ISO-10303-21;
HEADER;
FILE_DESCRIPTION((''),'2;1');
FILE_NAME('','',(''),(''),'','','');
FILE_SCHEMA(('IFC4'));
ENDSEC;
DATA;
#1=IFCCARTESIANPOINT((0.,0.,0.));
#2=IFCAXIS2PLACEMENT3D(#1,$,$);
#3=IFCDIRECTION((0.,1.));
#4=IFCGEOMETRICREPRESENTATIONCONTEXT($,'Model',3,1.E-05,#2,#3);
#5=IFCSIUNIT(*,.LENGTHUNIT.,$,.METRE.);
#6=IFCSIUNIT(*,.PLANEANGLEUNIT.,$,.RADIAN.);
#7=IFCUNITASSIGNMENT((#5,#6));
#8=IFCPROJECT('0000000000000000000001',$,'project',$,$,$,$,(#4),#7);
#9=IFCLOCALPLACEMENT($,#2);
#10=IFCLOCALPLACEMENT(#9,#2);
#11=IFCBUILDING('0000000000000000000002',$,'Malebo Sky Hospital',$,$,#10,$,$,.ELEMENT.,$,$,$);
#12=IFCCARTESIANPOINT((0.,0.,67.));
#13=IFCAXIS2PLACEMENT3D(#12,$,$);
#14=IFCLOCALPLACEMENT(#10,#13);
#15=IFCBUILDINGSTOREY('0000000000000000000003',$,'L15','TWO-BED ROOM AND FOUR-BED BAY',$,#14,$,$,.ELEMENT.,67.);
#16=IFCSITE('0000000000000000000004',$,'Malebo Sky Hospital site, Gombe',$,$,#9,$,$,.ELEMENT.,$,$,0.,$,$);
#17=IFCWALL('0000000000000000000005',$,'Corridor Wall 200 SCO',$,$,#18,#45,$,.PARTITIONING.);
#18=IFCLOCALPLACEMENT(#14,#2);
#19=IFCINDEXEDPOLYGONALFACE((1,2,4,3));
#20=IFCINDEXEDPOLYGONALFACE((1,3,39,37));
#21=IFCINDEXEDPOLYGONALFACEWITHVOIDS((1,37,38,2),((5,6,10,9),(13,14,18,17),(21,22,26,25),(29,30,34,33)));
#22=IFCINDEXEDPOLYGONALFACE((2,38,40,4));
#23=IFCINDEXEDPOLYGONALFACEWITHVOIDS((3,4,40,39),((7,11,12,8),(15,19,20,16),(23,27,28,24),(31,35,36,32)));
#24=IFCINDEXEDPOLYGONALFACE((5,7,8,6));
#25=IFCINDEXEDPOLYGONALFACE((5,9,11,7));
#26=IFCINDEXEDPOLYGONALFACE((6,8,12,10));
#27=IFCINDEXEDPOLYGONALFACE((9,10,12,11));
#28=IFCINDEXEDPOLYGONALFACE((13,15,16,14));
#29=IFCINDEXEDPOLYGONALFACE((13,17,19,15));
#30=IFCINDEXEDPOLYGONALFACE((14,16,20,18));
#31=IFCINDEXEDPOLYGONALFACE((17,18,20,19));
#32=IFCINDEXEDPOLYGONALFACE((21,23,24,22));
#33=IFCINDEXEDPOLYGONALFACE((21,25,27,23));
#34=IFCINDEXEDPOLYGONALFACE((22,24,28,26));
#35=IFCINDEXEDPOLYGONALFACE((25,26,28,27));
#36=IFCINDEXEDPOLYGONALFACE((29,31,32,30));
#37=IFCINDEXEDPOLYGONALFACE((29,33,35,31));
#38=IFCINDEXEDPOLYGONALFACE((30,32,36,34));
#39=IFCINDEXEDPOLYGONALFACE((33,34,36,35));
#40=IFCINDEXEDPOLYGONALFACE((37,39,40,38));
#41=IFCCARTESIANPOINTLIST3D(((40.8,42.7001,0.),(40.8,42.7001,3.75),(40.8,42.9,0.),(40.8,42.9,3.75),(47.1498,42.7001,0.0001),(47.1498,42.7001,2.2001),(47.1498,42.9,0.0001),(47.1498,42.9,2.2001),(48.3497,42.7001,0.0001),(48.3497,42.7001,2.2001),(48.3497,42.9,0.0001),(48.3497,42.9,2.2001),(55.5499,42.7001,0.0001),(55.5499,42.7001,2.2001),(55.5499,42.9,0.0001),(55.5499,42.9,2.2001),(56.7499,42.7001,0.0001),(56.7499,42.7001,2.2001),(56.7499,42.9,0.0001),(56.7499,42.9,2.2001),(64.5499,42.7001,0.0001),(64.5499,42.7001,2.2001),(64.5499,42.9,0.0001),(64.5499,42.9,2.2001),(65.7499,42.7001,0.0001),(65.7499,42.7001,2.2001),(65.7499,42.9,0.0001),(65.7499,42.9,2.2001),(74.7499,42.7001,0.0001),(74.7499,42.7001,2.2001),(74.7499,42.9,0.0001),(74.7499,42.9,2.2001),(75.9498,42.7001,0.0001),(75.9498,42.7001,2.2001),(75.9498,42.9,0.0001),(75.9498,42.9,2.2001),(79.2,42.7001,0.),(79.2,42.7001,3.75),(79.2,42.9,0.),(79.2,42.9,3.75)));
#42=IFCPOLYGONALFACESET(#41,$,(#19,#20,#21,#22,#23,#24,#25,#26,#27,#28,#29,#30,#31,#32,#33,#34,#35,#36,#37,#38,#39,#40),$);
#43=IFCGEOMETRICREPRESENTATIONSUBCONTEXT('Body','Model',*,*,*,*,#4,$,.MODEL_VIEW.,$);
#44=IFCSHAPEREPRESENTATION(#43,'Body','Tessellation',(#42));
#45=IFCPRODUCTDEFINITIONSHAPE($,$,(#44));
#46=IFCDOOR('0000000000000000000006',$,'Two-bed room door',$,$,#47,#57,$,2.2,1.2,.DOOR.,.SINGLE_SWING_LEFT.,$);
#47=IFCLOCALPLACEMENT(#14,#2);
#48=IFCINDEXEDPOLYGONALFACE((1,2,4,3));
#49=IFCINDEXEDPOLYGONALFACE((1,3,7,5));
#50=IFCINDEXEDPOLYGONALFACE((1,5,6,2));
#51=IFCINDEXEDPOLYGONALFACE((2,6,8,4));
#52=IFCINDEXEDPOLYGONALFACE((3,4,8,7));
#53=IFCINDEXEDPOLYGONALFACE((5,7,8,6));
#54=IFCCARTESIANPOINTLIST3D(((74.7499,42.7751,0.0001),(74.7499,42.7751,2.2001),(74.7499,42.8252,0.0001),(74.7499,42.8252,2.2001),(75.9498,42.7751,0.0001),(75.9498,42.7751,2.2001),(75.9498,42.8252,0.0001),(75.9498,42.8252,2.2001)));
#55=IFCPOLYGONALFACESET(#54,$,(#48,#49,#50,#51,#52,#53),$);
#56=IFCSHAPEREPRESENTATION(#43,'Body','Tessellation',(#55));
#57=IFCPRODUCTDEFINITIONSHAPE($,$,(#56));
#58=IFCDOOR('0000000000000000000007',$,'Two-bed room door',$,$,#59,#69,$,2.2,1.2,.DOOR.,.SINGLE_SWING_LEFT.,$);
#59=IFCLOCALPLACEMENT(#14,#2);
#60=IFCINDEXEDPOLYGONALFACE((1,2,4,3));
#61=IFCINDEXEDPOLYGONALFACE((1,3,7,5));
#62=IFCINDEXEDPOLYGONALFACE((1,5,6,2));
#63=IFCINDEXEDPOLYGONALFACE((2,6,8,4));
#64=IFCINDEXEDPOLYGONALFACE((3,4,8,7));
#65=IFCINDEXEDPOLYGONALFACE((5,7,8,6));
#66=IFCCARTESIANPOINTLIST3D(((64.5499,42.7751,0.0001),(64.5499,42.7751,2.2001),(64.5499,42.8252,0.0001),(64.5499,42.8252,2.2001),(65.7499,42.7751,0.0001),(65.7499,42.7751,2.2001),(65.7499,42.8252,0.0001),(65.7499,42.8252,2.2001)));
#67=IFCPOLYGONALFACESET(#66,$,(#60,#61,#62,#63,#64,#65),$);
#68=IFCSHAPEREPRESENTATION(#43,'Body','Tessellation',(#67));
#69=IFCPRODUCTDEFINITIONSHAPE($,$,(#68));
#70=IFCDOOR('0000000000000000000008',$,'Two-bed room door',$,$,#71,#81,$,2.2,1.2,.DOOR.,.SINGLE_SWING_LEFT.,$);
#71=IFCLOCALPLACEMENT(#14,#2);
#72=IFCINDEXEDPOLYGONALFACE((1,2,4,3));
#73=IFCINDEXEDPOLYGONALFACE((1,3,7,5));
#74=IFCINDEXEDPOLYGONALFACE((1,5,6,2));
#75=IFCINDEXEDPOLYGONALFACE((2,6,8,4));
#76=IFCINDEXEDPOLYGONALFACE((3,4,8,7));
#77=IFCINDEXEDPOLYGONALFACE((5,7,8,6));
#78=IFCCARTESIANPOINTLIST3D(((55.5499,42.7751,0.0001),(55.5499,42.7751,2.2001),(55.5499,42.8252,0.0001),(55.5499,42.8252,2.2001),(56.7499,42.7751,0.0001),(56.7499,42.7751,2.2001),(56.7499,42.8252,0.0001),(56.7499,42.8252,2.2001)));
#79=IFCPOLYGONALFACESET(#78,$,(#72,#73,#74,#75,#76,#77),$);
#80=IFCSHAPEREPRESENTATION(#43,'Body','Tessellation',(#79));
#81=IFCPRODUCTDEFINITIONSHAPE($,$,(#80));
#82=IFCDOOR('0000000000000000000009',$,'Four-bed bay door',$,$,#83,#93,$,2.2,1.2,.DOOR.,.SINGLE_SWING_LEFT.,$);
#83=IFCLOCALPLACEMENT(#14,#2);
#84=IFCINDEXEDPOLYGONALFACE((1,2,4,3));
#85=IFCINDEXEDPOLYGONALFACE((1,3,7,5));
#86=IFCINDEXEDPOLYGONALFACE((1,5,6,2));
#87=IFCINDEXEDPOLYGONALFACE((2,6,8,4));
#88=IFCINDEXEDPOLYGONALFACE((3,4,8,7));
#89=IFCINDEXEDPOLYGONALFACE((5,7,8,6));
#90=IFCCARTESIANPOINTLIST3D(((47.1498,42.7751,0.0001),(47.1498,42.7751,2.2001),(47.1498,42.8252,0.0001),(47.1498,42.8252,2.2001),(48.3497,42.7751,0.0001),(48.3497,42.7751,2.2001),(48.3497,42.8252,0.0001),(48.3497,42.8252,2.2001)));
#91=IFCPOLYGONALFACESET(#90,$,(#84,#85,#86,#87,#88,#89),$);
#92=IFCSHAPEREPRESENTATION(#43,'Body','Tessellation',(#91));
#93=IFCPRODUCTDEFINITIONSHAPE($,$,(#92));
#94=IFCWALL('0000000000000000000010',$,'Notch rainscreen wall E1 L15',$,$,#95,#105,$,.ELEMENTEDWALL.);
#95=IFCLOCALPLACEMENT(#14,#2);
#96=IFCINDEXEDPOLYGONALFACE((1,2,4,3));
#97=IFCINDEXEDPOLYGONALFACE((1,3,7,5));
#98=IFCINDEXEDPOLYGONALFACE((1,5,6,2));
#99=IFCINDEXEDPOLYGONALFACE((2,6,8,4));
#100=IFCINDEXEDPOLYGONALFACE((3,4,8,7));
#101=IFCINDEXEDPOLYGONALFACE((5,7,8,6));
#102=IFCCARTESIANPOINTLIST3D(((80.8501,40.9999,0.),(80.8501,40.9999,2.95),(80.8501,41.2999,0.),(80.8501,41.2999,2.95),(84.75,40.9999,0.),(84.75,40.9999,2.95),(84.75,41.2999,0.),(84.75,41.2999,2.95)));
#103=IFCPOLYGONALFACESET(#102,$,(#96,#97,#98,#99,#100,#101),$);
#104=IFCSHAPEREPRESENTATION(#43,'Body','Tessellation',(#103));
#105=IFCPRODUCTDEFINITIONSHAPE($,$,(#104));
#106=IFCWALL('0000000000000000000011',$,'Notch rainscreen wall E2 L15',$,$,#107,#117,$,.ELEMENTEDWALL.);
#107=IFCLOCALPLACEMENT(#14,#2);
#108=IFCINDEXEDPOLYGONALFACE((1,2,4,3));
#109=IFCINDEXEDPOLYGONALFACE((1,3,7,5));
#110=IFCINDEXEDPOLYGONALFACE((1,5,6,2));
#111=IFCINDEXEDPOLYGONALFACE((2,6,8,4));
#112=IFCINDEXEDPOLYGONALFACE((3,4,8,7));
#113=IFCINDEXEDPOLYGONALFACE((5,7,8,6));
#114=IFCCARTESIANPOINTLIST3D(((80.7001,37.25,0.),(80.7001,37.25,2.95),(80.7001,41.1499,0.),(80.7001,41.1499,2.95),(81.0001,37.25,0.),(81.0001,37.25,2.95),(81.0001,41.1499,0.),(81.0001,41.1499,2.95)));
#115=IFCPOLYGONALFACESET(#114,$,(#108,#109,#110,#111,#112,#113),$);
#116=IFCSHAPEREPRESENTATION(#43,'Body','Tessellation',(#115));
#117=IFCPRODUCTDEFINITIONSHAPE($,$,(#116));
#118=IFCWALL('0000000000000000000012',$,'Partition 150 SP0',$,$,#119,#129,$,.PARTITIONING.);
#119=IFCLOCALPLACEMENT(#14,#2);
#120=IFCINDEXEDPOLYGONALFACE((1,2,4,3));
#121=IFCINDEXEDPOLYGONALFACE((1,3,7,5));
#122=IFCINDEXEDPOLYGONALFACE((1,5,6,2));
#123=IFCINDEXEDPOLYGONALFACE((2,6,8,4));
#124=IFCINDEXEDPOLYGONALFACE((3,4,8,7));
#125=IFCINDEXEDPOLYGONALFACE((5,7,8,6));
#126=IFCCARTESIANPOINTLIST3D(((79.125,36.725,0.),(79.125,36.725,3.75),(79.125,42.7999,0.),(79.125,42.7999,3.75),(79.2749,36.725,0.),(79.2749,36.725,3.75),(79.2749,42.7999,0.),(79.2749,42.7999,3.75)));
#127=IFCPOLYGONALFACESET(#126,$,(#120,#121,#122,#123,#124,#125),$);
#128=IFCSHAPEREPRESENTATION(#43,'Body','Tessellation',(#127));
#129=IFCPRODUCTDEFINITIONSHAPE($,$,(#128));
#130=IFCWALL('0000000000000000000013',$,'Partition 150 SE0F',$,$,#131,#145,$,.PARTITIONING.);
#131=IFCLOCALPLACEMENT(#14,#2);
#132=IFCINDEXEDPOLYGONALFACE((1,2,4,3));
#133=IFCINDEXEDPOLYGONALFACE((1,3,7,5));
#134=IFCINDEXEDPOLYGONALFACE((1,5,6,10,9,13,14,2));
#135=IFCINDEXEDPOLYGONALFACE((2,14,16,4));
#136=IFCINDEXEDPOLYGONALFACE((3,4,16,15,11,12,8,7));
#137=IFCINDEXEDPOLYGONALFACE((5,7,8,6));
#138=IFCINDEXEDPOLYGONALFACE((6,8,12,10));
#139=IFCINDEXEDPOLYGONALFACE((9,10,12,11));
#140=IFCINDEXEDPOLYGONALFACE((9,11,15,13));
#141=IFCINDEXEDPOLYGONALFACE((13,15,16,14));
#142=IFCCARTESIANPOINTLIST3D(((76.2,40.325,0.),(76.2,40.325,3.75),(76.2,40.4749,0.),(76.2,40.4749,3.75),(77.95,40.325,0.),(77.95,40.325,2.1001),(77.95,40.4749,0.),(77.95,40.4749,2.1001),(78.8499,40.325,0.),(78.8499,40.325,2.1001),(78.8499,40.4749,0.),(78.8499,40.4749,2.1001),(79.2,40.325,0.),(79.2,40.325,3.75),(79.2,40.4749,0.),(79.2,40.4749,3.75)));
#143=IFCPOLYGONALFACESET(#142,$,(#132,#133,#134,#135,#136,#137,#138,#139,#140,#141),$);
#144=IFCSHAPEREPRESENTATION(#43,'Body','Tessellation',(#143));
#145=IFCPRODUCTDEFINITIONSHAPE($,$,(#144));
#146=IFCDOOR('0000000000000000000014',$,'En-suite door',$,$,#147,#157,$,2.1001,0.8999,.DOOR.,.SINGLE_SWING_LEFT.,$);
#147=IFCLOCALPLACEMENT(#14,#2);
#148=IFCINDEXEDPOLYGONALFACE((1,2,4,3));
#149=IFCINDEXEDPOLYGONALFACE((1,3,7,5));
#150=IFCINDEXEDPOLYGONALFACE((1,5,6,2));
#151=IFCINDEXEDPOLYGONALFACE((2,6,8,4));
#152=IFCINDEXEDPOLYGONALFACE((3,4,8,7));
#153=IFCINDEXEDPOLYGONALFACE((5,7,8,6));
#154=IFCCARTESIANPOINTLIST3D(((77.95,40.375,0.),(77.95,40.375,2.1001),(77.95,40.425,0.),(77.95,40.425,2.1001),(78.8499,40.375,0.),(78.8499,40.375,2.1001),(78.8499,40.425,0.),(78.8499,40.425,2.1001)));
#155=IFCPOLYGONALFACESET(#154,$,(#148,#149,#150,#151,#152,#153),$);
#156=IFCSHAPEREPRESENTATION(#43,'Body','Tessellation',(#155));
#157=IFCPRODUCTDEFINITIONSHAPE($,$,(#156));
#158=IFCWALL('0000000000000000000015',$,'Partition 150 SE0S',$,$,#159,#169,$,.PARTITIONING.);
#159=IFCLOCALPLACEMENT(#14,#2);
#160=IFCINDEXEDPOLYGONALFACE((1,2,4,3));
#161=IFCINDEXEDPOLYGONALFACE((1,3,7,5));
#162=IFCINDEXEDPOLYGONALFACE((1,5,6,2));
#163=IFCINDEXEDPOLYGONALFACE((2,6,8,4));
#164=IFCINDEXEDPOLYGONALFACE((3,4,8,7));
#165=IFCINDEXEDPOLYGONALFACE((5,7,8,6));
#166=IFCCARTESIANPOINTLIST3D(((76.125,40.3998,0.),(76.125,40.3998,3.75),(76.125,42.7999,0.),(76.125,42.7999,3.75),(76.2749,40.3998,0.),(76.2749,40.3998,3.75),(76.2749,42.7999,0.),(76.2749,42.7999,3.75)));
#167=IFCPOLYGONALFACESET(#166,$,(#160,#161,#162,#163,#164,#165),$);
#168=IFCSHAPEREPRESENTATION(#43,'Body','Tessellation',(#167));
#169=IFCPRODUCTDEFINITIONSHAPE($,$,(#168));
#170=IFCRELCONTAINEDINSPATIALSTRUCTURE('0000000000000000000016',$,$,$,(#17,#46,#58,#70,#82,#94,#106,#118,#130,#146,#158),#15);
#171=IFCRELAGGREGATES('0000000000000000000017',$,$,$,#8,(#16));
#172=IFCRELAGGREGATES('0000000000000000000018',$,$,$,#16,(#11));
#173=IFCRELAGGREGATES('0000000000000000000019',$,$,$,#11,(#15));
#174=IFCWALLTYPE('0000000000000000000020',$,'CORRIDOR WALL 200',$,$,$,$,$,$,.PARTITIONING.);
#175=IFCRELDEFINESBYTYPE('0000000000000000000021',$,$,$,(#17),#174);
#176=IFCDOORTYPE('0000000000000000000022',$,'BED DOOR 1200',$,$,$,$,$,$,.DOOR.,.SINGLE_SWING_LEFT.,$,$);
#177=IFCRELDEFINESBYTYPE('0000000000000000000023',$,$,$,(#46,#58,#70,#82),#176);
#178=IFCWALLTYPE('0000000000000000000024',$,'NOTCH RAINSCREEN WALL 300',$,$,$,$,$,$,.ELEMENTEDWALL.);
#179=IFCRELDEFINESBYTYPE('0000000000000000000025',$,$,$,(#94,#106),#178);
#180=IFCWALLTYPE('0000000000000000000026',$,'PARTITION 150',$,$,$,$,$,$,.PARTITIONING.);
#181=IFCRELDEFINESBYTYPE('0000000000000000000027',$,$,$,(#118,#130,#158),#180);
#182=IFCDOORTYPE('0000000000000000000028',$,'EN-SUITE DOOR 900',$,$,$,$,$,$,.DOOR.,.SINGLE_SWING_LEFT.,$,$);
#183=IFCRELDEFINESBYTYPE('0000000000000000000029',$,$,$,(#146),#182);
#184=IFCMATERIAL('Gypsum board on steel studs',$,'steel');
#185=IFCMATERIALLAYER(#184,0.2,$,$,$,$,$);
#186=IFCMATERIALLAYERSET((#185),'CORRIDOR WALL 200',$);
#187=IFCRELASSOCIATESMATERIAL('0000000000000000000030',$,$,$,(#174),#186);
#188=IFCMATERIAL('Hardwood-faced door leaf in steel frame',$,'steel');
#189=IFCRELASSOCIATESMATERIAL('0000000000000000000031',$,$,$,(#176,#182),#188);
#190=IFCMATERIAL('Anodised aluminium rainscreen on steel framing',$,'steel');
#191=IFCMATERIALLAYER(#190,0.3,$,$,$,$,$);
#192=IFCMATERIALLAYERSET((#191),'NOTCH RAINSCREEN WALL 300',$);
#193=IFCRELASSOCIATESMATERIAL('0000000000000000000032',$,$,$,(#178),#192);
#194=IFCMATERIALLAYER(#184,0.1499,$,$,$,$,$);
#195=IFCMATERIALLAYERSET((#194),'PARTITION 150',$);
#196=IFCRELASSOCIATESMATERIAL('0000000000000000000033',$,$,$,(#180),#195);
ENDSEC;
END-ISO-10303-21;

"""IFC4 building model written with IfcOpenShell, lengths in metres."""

from ifc_helpers import new_model, si_unit, direction, frame, frame_2d, origin, place, context, subcontext, project, spatial, rectangle, extrude, material, layer, layer_set, type_object, element, fill, save


model = new_model("IFC4")

# Units and contexts
model_context = context("Model", 3, precision=1e-05, world=origin(), true_north=direction((0.0, 1.0)))
body_context = subcontext(model_context, "Body", "Model", "MODEL_VIEW")
ifc_project = project(units=[si_unit("LENGTHUNIT", "METRE"), si_unit("PLANEANGLEUNIT", "RADIAN")], contexts=[model_context])

# Site, building, storey
site_placement = place(None, origin())
site = spatial("IfcSite", under=ifc_project, at=site_placement, Name="Malebo Sky Hospital site, Gombe", CompositionType="ELEMENT", RefElevation=0.0)
building_placement = place(site_placement, origin())
building = spatial("IfcBuilding", under=site, at=building_placement, Name="Malebo Sky Hospital", CompositionType="ELEMENT")
storey_placement = place(building_placement, frame((0.0, 0.0, 67.0)))
storey = spatial("IfcBuildingStorey", under=building, at=storey_placement, Name="L15", Description="TWO-BED ROOM AND FOUR-BED BAY", CompositionType="ELEMENT", Elevation=67.0)

# Wall, openings, doors
ifc_material_1 = material(Name="Gypsum board on steel studs", Category="steel")
ifc_layer_1 = layer(ifc_material_1, 0.2)
ifc_layer_set_1 = layer_set([ifc_layer_1], Name="CORRIDOR WALL 200")
wall_type_1 = type_object("IfcWallType", Name="CORRIDOR WALL 200", PredefinedType="PARTITIONING", material=ifc_layer_set_1)
wall_1_placement = place(storey_placement, frame((79.2, 42.8, 0.0), z_axis=(0.0, 0.0, 1.0), x_axis=(-1.0, 0.0, 0.0)))
wall_1 = element("IfcWall", 1, at=wall_1_placement, inside=storey, type_object=wall_type_1, Name="Corridor Wall 200 SCO", PredefinedType="PARTITIONING", context=body_context, shape_type="SweptSolid", body=[
    extrude(rectangle(XDim=38.3999, YDim=0.2, at=frame_2d((19.2, 0.0))), origin(), (0.0, 0.0, 1.0), 3.75),
])
opening_1_placement = place(wall_1_placement, frame((3.25, 0.0, 0.0)))
opening_1 = element("IfcOpeningElement", 2, at=opening_1_placement, cuts=wall_1, PredefinedType="OPENING", context=body_context, shape_type="SweptSolid", body=[
    extrude(rectangle(XDim=1.2, YDim=2.2, at=frame_2d((0.6001, 1.1001))), frame((0.0, 0.1099, 0.0), z_axis=(0.0, -1.0, 0.0), x_axis=(1.0, 0.0, 0.0)), (0.0, 0.0, 1.0), 0.22),
])
opening_2_placement = place(wall_1_placement, frame((13.45, 0.0, 0.0)))
opening_2 = element("IfcOpeningElement", 3, at=opening_2_placement, cuts=wall_1, PredefinedType="OPENING", context=body_context, shape_type="SweptSolid", body=[
    extrude(rectangle(XDim=1.2, YDim=2.2, at=frame_2d((0.6001, 1.1001))), frame((0.0, 0.1099, 0.0), z_axis=(0.0, -1.0, 0.0), x_axis=(1.0, 0.0, 0.0)), (0.0, 0.0, 1.0), 0.22),
])
opening_3_placement = place(wall_1_placement, frame((22.45, 0.0, 0.0)))
opening_3 = element("IfcOpeningElement", 4, at=opening_3_placement, cuts=wall_1, PredefinedType="OPENING", context=body_context, shape_type="SweptSolid", body=[
    extrude(rectangle(XDim=1.2, YDim=2.2, at=frame_2d((0.6001, 1.1001))), frame((0.0, 0.1099, 0.0), z_axis=(0.0, -1.0, 0.0), x_axis=(1.0, 0.0, 0.0)), (0.0, 0.0, 1.0), 0.22),
])
opening_4_placement = place(wall_1_placement, frame((30.8501, 0.0, 0.0)))
opening_4 = element("IfcOpeningElement", 5, at=opening_4_placement, cuts=wall_1, PredefinedType="OPENING", context=body_context, shape_type="SweptSolid", body=[
    extrude(rectangle(XDim=1.2, YDim=2.2, at=frame_2d((0.6001, 1.1001))), frame((0.0, 0.1099, 0.0), z_axis=(0.0, -1.0, 0.0), x_axis=(1.0, 0.0, 0.0)), (0.0, 0.0, 1.0), 0.22),
])
ifc_material_2 = material(Name="Hardwood-faced door leaf in steel frame", Category="steel")
door_type_1 = type_object("IfcDoorType", Name="BED DOOR 1200", OperationType="SINGLE_SWING_LEFT", PredefinedType="DOOR", material=ifc_material_2)
door_1_placement = place(opening_1_placement, origin())
door_1 = element("IfcDoor", 6, at=door_1_placement, inside=storey, type_object=door_type_1, Name="Two-bed room door", OperationType="SINGLE_SWING_LEFT", OverallHeight=2.2, OverallWidth=1.2, PredefinedType="DOOR", context=body_context, shape_type="SweptSolid", body=[
    extrude(rectangle(XDim=1.2, YDim=2.2, at=frame_2d((0.6001, 1.1001))), frame((0.0, 0.0249, 0.0), z_axis=(0.0, -1.0, 0.0), x_axis=(1.0, 0.0, 0.0)), (0.0, 0.0, 1.0), 0.05),
])
fill(opening_1, door_1)
door_2_placement = place(opening_2_placement, origin())
door_2 = element("IfcDoor", 7, at=door_2_placement, inside=storey, type_object=door_type_1, Name="Two-bed room door", OperationType="SINGLE_SWING_LEFT", OverallHeight=2.2, OverallWidth=1.2, PredefinedType="DOOR", context=body_context, shape_type="SweptSolid", body=[
    extrude(rectangle(XDim=1.2, YDim=2.2, at=frame_2d((0.6001, 1.1001))), frame((0.0, 0.0249, 0.0), z_axis=(0.0, -1.0, 0.0), x_axis=(1.0, 0.0, 0.0)), (0.0, 0.0, 1.0), 0.05),
])
fill(opening_2, door_2)
door_3_placement = place(opening_3_placement, origin())
door_3 = element("IfcDoor", 8, at=door_3_placement, inside=storey, type_object=door_type_1, Name="Two-bed room door", OperationType="SINGLE_SWING_LEFT", OverallHeight=2.2, OverallWidth=1.2, PredefinedType="DOOR", context=body_context, shape_type="SweptSolid", body=[
    extrude(rectangle(XDim=1.2, YDim=2.2, at=frame_2d((0.6001, 1.1001))), frame((0.0, 0.0249, 0.0), z_axis=(0.0, -1.0, 0.0), x_axis=(1.0, 0.0, 0.0)), (0.0, 0.0, 1.0), 0.05),
])
fill(opening_3, door_3)
door_4_placement = place(opening_4_placement, origin())
door_4 = element("IfcDoor", 9, at=door_4_placement, inside=storey, type_object=door_type_1, Name="Four-bed bay door", OperationType="SINGLE_SWING_LEFT", OverallHeight=2.2, OverallWidth=1.2, PredefinedType="DOOR", context=body_context, shape_type="SweptSolid", body=[
    extrude(rectangle(XDim=1.2, YDim=2.2, at=frame_2d((0.6001, 1.1001))), frame((0.0, 0.0249, 0.0), z_axis=(0.0, -1.0, 0.0), x_axis=(1.0, 0.0, 0.0)), (0.0, 0.0, 1.0), 0.05),
])
fill(opening_4, door_4)

# Walls
ifc_material_3 = material(Name="Anodised aluminium rainscreen on steel framing", Category="steel")
ifc_layer_2 = layer(ifc_material_3, 0.3)
ifc_layer_set_2 = layer_set([ifc_layer_2], Name="NOTCH RAINSCREEN WALL 300")
wall_type_2 = type_object("IfcWallType", Name="NOTCH RAINSCREEN WALL 300", PredefinedType="ELEMENTEDWALL", material=ifc_layer_set_2)
for number, where, z_axis, x_axis, name in (
    (10, (84.75, 41.1499, 0.0), (0.0, 0.0, 1.0), (-1.0, 0.0, 0.0), "Notch rainscreen wall E1 L15"),
    (11, (80.8501, 41.1499, 0.0), (0.0, 0.0, 1.0), (0.0, -1.0, 0.0), "Notch rainscreen wall E2 L15"),
):
    element("IfcWall", number, at=place(storey_placement, frame(where, z_axis=z_axis, x_axis=x_axis)), inside=storey, type_object=wall_type_2, Name=name, PredefinedType="ELEMENTEDWALL", context=body_context, shape_type="SweptSolid", body=[
        extrude(rectangle(XDim=3.8999, YDim=0.3, at=frame_2d((1.95, 0.0))), origin(), (0.0, 0.0, 1.0), 2.95),
    ])
ifc_layer_3 = layer(ifc_material_1, 0.1499)
ifc_layer_set_3 = layer_set([ifc_layer_3], Name="PARTITION 150")
wall_type_3 = type_object("IfcWallType", Name="PARTITION 150", PredefinedType="PARTITIONING", material=ifc_layer_set_3)
wall_2_placement = place(storey_placement, frame((79.2, 42.8, 0.0), z_axis=(0.0, 0.0, 1.0), x_axis=(0.0, -1.0, 0.0)))
element("IfcWall", 12, at=wall_2_placement, inside=storey, type_object=wall_type_3, Name="Partition 150 SP0", PredefinedType="PARTITIONING", context=body_context, shape_type="SweptSolid", body=[
    extrude(rectangle(XDim=6.075, YDim=0.1499, at=frame_2d((3.0376, 0.0))), origin(), (0.0, 0.0, 1.0), 3.75),
])

# Wall, opening, door
wall_3_placement = place(storey_placement, frame((79.2, 40.3999, 0.0), z_axis=(0.0, 0.0, 1.0), x_axis=(-1.0, 0.0, 0.0)))
wall_3 = element("IfcWall", 13, at=wall_3_placement, inside=storey, type_object=wall_type_3, Name="Partition 150 SE0F", PredefinedType="PARTITIONING", context=body_context, shape_type="SweptSolid", body=[
    extrude(rectangle(XDim=3.0, YDim=0.1499, at=frame_2d((1.5, 0.0))), origin(), (0.0, 0.0, 1.0), 3.75),
])
opening_5_placement = place(wall_3_placement, frame((0.3501, 0.0, 0.0)))
opening_5 = element("IfcOpeningElement", 14, at=opening_5_placement, cuts=wall_3, PredefinedType="OPENING", context=body_context, shape_type="SweptSolid", body=[
    extrude(rectangle(XDim=0.8999, YDim=2.1001, at=frame_2d((0.45, 1.05))), frame((0.0, 0.085, 0.0), z_axis=(0.0, -1.0, 0.0), x_axis=(1.0, 0.0, 0.0)), (0.0, 0.0, 1.0), 0.1699),
])
door_type_2 = type_object("IfcDoorType", Name="EN-SUITE DOOR 900", OperationType="SINGLE_SWING_LEFT", PredefinedType="DOOR", material=ifc_material_2)
door_5_placement = place(opening_5_placement, origin())
door_5 = element("IfcDoor", 15, at=door_5_placement, inside=storey, type_object=door_type_2, Name="En-suite door", OperationType="SINGLE_SWING_LEFT", OverallHeight=2.1001, OverallWidth=0.8999, PredefinedType="DOOR", context=body_context, shape_type="SweptSolid", body=[
    extrude(rectangle(XDim=0.8999, YDim=2.1001, at=frame_2d((0.45, 1.05))), frame((0.0, 0.0249, 0.0), z_axis=(0.0, -1.0, 0.0), x_axis=(1.0, 0.0, 0.0)), (0.0, 0.0, 1.0), 0.05),
])
fill(opening_5, door_5)

# Wall
for number, where, z_axis, x_axis, name in (
    (16, (76.2, 42.8, 0.0), (0.0, 0.0, 1.0), (0.0, -1.0, 0.0), "Partition 150 SE0S"),
):
    element("IfcWall", number, at=place(storey_placement, frame(where, z_axis=z_axis, x_axis=x_axis)), inside=storey, type_object=wall_type_3, Name=name, PredefinedType="PARTITIONING", context=body_context, shape_type="SweptSolid", body=[
        extrude(rectangle(XDim=2.4001, YDim=0.1499, at=frame_2d((1.2002, 0.0))), origin(), (0.0, 0.0, 1.0), 3.75),
    ])

save(model, "model.ifc")
